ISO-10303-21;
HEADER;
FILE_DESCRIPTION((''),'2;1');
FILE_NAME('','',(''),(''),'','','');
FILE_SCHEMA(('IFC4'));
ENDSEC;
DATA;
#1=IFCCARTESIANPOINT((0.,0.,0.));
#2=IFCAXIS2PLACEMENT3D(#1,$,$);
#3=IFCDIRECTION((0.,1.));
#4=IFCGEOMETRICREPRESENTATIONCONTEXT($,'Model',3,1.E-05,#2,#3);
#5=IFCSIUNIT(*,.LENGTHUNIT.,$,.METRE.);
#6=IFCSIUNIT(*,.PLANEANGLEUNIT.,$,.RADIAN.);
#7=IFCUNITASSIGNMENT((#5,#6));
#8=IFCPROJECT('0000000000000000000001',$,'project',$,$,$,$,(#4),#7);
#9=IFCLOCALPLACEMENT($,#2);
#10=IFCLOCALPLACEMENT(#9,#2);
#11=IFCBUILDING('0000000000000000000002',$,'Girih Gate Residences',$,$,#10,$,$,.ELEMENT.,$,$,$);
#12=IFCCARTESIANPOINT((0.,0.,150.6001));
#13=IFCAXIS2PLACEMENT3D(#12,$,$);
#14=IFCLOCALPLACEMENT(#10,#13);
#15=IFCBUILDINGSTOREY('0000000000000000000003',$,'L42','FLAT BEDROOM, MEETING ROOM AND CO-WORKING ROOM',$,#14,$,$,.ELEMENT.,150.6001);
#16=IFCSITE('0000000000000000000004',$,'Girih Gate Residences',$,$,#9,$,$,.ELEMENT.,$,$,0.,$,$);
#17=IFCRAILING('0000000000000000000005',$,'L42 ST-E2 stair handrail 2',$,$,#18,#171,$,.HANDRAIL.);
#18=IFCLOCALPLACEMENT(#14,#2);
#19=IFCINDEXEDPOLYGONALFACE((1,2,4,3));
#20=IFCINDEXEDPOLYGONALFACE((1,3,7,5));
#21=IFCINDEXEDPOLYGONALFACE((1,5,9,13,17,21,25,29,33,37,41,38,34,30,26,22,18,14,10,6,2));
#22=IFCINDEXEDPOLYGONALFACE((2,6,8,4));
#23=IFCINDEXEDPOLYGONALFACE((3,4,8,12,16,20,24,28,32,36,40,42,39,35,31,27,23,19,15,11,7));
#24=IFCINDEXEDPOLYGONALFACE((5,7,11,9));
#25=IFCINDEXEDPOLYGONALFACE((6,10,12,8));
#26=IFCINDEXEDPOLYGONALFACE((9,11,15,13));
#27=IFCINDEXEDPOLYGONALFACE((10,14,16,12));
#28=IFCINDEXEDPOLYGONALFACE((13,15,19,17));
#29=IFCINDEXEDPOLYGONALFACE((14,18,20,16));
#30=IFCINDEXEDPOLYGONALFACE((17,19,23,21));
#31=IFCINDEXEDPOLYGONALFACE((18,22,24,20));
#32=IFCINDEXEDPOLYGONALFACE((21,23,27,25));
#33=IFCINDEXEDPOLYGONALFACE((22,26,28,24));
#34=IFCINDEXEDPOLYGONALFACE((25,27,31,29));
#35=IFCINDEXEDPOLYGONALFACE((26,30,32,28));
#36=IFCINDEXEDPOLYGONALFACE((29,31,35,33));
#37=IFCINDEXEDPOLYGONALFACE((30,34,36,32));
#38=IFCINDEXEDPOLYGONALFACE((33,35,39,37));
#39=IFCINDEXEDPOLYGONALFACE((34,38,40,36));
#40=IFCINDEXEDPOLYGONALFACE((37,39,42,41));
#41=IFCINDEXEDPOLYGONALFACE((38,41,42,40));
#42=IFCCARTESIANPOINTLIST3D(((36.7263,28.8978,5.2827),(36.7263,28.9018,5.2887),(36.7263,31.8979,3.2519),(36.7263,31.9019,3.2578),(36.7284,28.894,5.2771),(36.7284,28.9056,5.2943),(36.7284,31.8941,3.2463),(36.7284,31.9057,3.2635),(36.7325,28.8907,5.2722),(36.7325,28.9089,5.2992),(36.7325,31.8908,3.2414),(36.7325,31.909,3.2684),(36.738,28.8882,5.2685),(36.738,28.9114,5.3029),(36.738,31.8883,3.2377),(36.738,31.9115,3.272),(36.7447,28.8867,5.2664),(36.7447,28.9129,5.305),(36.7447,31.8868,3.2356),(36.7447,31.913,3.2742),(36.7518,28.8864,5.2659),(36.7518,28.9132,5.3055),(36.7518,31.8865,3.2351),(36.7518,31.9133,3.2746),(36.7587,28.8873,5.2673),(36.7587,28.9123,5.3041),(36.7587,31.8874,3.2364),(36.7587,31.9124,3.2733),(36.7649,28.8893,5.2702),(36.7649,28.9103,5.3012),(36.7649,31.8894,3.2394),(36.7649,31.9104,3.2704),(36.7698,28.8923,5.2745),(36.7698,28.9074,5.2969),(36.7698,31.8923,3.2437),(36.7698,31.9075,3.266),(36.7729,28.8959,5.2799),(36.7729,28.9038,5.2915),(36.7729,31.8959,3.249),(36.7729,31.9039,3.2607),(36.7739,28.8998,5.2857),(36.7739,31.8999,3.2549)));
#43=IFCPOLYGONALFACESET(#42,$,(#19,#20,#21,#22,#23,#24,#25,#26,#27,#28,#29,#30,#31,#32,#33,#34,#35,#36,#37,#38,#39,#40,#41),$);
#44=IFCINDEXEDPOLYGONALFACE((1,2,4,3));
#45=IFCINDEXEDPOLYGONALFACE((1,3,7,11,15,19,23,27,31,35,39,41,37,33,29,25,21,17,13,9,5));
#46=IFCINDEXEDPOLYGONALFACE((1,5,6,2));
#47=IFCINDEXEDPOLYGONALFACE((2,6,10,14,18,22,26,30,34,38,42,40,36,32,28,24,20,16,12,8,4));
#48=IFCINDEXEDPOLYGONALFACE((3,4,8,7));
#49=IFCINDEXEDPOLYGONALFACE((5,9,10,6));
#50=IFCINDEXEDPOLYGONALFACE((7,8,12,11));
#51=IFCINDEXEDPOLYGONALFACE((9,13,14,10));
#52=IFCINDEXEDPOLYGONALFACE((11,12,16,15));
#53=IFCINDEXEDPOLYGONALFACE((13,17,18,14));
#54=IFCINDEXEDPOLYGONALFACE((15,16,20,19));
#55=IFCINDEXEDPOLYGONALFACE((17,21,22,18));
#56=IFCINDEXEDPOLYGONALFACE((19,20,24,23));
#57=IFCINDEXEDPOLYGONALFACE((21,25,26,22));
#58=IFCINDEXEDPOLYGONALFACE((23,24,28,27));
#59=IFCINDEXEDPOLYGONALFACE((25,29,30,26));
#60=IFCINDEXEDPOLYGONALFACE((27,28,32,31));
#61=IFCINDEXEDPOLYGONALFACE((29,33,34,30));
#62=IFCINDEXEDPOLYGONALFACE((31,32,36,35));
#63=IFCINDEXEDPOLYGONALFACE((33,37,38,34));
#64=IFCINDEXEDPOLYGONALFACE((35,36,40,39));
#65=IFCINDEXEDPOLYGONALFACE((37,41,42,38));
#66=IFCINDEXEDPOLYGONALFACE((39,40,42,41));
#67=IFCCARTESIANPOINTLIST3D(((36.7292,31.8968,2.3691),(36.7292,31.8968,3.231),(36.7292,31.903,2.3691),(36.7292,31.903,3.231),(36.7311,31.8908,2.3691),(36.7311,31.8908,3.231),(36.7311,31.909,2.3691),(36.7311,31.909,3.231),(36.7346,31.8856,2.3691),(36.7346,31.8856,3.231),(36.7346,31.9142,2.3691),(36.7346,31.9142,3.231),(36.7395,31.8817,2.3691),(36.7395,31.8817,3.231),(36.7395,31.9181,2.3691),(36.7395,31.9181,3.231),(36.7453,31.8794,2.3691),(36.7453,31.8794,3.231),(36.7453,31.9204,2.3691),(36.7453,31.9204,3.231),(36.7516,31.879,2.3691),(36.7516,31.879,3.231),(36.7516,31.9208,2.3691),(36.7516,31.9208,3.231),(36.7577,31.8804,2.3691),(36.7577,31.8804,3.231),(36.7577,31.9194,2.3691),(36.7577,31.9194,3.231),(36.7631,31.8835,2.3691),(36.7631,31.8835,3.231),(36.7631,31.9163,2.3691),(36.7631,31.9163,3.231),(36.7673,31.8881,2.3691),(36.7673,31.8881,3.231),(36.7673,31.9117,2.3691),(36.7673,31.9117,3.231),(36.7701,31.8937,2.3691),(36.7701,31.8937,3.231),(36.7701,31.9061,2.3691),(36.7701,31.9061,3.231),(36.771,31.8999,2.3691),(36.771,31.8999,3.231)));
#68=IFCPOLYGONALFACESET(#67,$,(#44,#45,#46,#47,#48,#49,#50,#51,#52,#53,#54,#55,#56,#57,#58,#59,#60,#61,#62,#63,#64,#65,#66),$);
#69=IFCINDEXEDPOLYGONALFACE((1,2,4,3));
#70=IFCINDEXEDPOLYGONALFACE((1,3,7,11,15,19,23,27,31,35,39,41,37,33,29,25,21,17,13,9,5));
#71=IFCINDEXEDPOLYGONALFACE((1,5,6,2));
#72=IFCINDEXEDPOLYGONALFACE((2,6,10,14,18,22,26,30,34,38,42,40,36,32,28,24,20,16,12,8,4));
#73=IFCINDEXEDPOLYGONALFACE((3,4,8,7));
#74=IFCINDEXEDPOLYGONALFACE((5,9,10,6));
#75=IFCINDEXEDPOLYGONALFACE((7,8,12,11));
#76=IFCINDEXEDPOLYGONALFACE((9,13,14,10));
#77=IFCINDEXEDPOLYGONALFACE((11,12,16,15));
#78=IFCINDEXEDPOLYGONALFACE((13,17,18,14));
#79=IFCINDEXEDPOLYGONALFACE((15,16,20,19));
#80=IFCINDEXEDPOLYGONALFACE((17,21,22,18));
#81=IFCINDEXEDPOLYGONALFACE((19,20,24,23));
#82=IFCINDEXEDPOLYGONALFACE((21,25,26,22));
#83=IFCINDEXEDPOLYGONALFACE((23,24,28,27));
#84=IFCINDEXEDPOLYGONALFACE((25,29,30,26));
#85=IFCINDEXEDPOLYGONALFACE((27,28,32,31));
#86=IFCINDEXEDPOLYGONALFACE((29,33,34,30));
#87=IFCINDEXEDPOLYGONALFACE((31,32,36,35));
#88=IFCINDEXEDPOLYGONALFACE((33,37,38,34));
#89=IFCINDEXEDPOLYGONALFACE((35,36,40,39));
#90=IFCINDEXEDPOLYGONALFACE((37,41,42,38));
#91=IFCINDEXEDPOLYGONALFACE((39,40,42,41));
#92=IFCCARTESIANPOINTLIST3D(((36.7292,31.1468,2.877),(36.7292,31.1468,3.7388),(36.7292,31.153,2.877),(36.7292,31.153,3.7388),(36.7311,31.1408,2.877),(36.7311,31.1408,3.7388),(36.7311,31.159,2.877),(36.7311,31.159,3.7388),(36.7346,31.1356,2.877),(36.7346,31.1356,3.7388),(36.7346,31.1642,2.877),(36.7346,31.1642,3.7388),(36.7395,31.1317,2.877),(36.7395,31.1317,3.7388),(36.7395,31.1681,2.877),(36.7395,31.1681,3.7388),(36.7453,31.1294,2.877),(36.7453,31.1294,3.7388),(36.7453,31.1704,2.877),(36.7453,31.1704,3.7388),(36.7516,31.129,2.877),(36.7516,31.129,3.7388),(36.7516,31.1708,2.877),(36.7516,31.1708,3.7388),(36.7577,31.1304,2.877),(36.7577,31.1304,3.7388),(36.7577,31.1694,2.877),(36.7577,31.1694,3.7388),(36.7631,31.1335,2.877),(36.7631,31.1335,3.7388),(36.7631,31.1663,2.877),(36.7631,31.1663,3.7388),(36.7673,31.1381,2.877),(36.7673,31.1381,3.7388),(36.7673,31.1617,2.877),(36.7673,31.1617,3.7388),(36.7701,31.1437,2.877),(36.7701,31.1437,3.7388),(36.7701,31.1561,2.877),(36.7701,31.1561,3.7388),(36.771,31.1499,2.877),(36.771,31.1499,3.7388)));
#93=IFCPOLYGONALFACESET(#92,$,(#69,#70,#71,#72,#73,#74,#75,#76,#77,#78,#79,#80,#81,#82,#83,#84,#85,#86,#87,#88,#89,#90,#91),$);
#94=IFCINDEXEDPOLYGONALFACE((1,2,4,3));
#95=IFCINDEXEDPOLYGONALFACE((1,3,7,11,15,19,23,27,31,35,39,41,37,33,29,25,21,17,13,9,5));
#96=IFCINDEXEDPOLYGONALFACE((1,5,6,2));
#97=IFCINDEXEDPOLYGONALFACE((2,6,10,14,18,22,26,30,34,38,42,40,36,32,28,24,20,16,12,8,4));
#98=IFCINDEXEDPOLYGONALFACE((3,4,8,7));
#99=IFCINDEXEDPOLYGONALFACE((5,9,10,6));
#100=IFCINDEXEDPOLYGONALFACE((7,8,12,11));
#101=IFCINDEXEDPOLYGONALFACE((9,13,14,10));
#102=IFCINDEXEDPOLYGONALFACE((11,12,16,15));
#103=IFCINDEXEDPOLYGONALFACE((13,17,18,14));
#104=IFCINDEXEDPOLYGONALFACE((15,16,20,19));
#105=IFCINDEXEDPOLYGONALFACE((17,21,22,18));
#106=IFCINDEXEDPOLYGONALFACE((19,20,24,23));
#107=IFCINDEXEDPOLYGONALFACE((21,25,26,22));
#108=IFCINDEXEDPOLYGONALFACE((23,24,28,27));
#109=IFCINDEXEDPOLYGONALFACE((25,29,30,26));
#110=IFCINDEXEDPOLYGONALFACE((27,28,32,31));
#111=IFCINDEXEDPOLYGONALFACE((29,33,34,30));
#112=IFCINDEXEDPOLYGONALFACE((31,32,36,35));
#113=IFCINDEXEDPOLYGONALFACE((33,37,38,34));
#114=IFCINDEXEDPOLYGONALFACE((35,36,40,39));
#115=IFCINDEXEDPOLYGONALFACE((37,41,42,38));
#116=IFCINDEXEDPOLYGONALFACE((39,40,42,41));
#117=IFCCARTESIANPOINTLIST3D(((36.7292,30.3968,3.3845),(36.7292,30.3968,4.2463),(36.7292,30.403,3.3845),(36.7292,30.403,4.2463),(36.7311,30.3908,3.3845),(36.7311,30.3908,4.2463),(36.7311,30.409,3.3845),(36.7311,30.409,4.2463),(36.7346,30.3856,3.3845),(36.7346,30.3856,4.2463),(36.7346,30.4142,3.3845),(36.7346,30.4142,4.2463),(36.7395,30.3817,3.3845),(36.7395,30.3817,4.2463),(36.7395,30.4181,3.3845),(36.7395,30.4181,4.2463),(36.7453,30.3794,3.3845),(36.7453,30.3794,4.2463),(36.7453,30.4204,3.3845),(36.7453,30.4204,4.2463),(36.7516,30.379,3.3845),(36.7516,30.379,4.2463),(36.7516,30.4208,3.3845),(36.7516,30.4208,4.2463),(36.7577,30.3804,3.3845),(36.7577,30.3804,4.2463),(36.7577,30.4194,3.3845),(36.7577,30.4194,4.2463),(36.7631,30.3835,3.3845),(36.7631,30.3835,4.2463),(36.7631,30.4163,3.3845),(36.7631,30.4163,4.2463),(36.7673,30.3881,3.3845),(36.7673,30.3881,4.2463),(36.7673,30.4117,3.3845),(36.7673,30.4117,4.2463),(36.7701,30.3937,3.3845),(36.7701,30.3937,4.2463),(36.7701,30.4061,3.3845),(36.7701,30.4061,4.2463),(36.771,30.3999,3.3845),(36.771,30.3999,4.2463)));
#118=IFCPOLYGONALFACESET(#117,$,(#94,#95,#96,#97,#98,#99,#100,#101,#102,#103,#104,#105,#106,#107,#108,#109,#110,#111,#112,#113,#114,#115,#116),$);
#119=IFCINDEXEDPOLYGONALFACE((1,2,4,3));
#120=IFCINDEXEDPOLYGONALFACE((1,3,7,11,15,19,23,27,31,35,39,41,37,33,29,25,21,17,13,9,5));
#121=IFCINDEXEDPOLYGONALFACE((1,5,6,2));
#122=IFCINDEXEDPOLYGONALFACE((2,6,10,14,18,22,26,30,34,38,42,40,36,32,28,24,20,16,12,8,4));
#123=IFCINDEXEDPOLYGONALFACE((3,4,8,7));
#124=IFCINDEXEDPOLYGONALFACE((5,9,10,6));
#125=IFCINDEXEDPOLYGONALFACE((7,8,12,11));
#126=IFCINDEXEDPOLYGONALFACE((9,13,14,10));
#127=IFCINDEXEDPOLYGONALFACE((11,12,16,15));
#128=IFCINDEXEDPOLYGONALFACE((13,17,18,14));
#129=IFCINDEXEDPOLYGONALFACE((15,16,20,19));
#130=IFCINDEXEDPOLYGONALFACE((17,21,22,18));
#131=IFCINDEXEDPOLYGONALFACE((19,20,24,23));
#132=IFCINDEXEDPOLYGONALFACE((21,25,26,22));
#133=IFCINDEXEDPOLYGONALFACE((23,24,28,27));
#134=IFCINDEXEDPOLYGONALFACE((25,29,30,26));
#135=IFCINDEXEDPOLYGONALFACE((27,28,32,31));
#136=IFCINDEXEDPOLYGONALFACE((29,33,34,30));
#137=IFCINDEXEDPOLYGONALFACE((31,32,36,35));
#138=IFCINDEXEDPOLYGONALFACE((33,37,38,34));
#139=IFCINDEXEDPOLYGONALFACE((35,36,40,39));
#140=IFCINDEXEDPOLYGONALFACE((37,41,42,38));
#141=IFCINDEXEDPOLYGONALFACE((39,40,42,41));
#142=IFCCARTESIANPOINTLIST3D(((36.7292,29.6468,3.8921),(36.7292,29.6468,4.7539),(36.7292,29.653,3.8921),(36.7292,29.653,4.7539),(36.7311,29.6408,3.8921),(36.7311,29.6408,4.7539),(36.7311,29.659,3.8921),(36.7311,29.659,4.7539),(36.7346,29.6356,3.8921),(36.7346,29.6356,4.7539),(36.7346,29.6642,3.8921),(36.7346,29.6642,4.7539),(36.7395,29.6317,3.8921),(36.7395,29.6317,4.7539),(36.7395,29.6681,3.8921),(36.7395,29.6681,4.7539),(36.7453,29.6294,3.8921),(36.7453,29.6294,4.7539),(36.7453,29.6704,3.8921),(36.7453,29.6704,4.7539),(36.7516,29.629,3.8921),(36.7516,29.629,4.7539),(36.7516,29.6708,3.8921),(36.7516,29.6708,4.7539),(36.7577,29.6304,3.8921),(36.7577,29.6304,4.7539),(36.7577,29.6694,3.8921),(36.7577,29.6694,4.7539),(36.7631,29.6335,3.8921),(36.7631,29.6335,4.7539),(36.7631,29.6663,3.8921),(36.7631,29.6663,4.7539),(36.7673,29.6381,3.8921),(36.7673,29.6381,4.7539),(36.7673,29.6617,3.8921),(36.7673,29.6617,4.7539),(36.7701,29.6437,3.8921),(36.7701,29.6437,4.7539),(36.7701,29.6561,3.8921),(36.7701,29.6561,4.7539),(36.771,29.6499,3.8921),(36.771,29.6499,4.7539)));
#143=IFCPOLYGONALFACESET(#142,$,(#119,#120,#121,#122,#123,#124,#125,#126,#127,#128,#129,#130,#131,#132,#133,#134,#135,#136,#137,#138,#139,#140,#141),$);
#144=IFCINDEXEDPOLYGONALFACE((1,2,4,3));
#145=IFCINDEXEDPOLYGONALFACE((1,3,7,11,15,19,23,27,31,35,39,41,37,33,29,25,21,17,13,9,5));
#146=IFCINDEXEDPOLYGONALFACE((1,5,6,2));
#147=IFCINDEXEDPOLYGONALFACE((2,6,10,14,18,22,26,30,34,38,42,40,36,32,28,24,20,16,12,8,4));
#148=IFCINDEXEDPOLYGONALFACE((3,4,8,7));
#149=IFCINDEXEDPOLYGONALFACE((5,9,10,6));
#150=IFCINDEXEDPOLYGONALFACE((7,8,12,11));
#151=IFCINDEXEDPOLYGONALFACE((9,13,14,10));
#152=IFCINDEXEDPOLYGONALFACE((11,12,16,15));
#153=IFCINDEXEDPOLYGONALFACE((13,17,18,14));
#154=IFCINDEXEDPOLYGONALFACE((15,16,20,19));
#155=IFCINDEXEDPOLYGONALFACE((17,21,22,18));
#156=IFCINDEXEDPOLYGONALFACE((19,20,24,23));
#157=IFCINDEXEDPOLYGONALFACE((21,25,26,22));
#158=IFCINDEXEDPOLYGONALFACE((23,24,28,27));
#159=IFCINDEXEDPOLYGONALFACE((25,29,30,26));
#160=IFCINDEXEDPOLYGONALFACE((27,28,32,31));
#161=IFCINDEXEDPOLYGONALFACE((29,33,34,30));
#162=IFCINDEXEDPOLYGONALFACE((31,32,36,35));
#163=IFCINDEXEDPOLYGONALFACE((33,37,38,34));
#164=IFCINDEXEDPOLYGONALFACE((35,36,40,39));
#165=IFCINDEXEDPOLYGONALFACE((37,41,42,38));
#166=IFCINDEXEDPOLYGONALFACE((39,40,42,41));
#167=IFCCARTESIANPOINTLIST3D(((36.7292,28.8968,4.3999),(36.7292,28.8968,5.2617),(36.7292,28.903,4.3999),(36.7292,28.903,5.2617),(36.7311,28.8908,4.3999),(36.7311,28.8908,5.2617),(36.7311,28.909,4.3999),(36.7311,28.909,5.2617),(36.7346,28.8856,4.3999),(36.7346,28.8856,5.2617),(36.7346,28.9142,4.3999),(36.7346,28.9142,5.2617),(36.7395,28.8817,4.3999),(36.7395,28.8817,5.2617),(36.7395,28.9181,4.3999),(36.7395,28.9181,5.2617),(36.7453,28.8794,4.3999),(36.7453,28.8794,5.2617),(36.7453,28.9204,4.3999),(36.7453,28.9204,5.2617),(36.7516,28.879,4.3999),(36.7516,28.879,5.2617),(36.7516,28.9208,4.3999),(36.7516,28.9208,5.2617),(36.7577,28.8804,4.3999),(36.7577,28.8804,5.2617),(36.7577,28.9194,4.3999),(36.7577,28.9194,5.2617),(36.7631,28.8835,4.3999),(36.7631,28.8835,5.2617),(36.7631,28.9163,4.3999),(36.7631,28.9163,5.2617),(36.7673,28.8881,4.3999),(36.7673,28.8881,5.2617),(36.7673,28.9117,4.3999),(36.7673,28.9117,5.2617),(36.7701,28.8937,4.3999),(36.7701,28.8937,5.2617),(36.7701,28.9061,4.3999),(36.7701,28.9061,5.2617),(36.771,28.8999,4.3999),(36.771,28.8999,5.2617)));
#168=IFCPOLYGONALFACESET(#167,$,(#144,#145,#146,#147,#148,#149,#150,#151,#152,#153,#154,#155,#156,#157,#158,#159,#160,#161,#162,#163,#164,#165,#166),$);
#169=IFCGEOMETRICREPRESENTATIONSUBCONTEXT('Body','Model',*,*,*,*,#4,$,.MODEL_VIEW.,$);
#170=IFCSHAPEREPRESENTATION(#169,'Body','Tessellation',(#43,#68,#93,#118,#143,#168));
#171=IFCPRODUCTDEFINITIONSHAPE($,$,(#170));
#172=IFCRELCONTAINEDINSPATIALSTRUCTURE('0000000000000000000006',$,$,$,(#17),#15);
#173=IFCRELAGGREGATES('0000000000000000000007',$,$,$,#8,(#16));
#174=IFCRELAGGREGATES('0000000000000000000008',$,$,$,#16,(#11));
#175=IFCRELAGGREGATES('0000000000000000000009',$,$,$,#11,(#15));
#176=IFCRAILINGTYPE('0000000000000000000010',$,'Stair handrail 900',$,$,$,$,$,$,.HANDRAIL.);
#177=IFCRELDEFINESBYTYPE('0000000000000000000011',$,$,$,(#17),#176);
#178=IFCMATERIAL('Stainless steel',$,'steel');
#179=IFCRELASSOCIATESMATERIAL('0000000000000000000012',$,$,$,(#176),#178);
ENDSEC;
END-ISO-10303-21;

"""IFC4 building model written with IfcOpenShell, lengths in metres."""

from ifc_helpers import new_model, si_unit, direction, frame, origin, origin_2d, place, context, subcontext, project, spatial, circle, extrude, material, type_object, element, save


model = new_model("IFC4")

# Units and contexts
model_context = context("Model", 3, precision=1e-05, world=origin(), true_north=direction((0.0, 1.0)))
body_context = subcontext(model_context, "Body", "Model", "MODEL_VIEW")
ifc_project = project(units=[si_unit("LENGTHUNIT", "METRE"), si_unit("PLANEANGLEUNIT", "RADIAN")], contexts=[model_context])

# Site, building, storey
site_placement = place(None, origin())
site = spatial("IfcSite", under=ifc_project, at=site_placement, Name="Girih Gate Residences", CompositionType="ELEMENT", RefElevation=0.0)
building_placement = place(site_placement, origin())
building = spatial("IfcBuilding", under=site, at=building_placement, Name="Girih Gate Residences", CompositionType="ELEMENT")
storey_placement = place(building_placement, frame((0.0, 0.0, 150.6001)))
storey = spatial("IfcBuildingStorey", under=building, at=storey_placement, Name="L42", Description="FLAT BEDROOM, MEETING ROOM AND CO-WORKING ROOM", CompositionType="ELEMENT", Elevation=150.6001)

# Shared definitions
ifc_material_1 = material(Name="Stainless steel", Category="steel")

# Railing
railing_type_1 = type_object("IfcRailingType", Name="Stair handrail 900", PredefinedType="HANDRAIL", material=ifc_material_1)
railing_1_placement = place(storey_placement, frame((36.75, 31.8999, 2.3691)))
element("IfcRailing", 1, at=railing_1_placement, inside=storey, type_object=railing_type_1, Name="L42 ST-E2 stair handrail 2", PredefinedType="HANDRAIL", context=body_context, shape_type="SweptSolid", body=[
    extrude(circle(Radius=0.0239, at=origin_2d()), frame((0.0, 0.0, 0.8857), z_axis=(0.0, -0.82811, 0.560565), x_axis=(1.0, 0.0, 0.0)), (0.0, 0.0, 1.0), 3.6228),
    extrude(circle(Radius=0.021, at=origin_2d()), origin(), (0.0, 0.0, 1.0), 0.8618),
    extrude(circle(Radius=0.021, at=origin_2d()), frame((0.0, -0.75, 0.5078)), (0.0, 0.0, 1.0), 0.8618),
    extrude(circle(Radius=0.021, at=origin_2d()), frame((0.0, -1.5, 1.0154)), (0.0, 0.0, 1.0), 0.8618),
    extrude(circle(Radius=0.021, at=origin_2d()), frame((0.0, -2.25, 1.5229)), (0.0, 0.0, 1.0), 0.8618),
    extrude(circle(Radius=0.021, at=origin_2d()), frame((0.0, -3.0, 2.0308)), (0.0, 0.0, 1.0), 0.8618),
])

save(model, "model.ifc")
